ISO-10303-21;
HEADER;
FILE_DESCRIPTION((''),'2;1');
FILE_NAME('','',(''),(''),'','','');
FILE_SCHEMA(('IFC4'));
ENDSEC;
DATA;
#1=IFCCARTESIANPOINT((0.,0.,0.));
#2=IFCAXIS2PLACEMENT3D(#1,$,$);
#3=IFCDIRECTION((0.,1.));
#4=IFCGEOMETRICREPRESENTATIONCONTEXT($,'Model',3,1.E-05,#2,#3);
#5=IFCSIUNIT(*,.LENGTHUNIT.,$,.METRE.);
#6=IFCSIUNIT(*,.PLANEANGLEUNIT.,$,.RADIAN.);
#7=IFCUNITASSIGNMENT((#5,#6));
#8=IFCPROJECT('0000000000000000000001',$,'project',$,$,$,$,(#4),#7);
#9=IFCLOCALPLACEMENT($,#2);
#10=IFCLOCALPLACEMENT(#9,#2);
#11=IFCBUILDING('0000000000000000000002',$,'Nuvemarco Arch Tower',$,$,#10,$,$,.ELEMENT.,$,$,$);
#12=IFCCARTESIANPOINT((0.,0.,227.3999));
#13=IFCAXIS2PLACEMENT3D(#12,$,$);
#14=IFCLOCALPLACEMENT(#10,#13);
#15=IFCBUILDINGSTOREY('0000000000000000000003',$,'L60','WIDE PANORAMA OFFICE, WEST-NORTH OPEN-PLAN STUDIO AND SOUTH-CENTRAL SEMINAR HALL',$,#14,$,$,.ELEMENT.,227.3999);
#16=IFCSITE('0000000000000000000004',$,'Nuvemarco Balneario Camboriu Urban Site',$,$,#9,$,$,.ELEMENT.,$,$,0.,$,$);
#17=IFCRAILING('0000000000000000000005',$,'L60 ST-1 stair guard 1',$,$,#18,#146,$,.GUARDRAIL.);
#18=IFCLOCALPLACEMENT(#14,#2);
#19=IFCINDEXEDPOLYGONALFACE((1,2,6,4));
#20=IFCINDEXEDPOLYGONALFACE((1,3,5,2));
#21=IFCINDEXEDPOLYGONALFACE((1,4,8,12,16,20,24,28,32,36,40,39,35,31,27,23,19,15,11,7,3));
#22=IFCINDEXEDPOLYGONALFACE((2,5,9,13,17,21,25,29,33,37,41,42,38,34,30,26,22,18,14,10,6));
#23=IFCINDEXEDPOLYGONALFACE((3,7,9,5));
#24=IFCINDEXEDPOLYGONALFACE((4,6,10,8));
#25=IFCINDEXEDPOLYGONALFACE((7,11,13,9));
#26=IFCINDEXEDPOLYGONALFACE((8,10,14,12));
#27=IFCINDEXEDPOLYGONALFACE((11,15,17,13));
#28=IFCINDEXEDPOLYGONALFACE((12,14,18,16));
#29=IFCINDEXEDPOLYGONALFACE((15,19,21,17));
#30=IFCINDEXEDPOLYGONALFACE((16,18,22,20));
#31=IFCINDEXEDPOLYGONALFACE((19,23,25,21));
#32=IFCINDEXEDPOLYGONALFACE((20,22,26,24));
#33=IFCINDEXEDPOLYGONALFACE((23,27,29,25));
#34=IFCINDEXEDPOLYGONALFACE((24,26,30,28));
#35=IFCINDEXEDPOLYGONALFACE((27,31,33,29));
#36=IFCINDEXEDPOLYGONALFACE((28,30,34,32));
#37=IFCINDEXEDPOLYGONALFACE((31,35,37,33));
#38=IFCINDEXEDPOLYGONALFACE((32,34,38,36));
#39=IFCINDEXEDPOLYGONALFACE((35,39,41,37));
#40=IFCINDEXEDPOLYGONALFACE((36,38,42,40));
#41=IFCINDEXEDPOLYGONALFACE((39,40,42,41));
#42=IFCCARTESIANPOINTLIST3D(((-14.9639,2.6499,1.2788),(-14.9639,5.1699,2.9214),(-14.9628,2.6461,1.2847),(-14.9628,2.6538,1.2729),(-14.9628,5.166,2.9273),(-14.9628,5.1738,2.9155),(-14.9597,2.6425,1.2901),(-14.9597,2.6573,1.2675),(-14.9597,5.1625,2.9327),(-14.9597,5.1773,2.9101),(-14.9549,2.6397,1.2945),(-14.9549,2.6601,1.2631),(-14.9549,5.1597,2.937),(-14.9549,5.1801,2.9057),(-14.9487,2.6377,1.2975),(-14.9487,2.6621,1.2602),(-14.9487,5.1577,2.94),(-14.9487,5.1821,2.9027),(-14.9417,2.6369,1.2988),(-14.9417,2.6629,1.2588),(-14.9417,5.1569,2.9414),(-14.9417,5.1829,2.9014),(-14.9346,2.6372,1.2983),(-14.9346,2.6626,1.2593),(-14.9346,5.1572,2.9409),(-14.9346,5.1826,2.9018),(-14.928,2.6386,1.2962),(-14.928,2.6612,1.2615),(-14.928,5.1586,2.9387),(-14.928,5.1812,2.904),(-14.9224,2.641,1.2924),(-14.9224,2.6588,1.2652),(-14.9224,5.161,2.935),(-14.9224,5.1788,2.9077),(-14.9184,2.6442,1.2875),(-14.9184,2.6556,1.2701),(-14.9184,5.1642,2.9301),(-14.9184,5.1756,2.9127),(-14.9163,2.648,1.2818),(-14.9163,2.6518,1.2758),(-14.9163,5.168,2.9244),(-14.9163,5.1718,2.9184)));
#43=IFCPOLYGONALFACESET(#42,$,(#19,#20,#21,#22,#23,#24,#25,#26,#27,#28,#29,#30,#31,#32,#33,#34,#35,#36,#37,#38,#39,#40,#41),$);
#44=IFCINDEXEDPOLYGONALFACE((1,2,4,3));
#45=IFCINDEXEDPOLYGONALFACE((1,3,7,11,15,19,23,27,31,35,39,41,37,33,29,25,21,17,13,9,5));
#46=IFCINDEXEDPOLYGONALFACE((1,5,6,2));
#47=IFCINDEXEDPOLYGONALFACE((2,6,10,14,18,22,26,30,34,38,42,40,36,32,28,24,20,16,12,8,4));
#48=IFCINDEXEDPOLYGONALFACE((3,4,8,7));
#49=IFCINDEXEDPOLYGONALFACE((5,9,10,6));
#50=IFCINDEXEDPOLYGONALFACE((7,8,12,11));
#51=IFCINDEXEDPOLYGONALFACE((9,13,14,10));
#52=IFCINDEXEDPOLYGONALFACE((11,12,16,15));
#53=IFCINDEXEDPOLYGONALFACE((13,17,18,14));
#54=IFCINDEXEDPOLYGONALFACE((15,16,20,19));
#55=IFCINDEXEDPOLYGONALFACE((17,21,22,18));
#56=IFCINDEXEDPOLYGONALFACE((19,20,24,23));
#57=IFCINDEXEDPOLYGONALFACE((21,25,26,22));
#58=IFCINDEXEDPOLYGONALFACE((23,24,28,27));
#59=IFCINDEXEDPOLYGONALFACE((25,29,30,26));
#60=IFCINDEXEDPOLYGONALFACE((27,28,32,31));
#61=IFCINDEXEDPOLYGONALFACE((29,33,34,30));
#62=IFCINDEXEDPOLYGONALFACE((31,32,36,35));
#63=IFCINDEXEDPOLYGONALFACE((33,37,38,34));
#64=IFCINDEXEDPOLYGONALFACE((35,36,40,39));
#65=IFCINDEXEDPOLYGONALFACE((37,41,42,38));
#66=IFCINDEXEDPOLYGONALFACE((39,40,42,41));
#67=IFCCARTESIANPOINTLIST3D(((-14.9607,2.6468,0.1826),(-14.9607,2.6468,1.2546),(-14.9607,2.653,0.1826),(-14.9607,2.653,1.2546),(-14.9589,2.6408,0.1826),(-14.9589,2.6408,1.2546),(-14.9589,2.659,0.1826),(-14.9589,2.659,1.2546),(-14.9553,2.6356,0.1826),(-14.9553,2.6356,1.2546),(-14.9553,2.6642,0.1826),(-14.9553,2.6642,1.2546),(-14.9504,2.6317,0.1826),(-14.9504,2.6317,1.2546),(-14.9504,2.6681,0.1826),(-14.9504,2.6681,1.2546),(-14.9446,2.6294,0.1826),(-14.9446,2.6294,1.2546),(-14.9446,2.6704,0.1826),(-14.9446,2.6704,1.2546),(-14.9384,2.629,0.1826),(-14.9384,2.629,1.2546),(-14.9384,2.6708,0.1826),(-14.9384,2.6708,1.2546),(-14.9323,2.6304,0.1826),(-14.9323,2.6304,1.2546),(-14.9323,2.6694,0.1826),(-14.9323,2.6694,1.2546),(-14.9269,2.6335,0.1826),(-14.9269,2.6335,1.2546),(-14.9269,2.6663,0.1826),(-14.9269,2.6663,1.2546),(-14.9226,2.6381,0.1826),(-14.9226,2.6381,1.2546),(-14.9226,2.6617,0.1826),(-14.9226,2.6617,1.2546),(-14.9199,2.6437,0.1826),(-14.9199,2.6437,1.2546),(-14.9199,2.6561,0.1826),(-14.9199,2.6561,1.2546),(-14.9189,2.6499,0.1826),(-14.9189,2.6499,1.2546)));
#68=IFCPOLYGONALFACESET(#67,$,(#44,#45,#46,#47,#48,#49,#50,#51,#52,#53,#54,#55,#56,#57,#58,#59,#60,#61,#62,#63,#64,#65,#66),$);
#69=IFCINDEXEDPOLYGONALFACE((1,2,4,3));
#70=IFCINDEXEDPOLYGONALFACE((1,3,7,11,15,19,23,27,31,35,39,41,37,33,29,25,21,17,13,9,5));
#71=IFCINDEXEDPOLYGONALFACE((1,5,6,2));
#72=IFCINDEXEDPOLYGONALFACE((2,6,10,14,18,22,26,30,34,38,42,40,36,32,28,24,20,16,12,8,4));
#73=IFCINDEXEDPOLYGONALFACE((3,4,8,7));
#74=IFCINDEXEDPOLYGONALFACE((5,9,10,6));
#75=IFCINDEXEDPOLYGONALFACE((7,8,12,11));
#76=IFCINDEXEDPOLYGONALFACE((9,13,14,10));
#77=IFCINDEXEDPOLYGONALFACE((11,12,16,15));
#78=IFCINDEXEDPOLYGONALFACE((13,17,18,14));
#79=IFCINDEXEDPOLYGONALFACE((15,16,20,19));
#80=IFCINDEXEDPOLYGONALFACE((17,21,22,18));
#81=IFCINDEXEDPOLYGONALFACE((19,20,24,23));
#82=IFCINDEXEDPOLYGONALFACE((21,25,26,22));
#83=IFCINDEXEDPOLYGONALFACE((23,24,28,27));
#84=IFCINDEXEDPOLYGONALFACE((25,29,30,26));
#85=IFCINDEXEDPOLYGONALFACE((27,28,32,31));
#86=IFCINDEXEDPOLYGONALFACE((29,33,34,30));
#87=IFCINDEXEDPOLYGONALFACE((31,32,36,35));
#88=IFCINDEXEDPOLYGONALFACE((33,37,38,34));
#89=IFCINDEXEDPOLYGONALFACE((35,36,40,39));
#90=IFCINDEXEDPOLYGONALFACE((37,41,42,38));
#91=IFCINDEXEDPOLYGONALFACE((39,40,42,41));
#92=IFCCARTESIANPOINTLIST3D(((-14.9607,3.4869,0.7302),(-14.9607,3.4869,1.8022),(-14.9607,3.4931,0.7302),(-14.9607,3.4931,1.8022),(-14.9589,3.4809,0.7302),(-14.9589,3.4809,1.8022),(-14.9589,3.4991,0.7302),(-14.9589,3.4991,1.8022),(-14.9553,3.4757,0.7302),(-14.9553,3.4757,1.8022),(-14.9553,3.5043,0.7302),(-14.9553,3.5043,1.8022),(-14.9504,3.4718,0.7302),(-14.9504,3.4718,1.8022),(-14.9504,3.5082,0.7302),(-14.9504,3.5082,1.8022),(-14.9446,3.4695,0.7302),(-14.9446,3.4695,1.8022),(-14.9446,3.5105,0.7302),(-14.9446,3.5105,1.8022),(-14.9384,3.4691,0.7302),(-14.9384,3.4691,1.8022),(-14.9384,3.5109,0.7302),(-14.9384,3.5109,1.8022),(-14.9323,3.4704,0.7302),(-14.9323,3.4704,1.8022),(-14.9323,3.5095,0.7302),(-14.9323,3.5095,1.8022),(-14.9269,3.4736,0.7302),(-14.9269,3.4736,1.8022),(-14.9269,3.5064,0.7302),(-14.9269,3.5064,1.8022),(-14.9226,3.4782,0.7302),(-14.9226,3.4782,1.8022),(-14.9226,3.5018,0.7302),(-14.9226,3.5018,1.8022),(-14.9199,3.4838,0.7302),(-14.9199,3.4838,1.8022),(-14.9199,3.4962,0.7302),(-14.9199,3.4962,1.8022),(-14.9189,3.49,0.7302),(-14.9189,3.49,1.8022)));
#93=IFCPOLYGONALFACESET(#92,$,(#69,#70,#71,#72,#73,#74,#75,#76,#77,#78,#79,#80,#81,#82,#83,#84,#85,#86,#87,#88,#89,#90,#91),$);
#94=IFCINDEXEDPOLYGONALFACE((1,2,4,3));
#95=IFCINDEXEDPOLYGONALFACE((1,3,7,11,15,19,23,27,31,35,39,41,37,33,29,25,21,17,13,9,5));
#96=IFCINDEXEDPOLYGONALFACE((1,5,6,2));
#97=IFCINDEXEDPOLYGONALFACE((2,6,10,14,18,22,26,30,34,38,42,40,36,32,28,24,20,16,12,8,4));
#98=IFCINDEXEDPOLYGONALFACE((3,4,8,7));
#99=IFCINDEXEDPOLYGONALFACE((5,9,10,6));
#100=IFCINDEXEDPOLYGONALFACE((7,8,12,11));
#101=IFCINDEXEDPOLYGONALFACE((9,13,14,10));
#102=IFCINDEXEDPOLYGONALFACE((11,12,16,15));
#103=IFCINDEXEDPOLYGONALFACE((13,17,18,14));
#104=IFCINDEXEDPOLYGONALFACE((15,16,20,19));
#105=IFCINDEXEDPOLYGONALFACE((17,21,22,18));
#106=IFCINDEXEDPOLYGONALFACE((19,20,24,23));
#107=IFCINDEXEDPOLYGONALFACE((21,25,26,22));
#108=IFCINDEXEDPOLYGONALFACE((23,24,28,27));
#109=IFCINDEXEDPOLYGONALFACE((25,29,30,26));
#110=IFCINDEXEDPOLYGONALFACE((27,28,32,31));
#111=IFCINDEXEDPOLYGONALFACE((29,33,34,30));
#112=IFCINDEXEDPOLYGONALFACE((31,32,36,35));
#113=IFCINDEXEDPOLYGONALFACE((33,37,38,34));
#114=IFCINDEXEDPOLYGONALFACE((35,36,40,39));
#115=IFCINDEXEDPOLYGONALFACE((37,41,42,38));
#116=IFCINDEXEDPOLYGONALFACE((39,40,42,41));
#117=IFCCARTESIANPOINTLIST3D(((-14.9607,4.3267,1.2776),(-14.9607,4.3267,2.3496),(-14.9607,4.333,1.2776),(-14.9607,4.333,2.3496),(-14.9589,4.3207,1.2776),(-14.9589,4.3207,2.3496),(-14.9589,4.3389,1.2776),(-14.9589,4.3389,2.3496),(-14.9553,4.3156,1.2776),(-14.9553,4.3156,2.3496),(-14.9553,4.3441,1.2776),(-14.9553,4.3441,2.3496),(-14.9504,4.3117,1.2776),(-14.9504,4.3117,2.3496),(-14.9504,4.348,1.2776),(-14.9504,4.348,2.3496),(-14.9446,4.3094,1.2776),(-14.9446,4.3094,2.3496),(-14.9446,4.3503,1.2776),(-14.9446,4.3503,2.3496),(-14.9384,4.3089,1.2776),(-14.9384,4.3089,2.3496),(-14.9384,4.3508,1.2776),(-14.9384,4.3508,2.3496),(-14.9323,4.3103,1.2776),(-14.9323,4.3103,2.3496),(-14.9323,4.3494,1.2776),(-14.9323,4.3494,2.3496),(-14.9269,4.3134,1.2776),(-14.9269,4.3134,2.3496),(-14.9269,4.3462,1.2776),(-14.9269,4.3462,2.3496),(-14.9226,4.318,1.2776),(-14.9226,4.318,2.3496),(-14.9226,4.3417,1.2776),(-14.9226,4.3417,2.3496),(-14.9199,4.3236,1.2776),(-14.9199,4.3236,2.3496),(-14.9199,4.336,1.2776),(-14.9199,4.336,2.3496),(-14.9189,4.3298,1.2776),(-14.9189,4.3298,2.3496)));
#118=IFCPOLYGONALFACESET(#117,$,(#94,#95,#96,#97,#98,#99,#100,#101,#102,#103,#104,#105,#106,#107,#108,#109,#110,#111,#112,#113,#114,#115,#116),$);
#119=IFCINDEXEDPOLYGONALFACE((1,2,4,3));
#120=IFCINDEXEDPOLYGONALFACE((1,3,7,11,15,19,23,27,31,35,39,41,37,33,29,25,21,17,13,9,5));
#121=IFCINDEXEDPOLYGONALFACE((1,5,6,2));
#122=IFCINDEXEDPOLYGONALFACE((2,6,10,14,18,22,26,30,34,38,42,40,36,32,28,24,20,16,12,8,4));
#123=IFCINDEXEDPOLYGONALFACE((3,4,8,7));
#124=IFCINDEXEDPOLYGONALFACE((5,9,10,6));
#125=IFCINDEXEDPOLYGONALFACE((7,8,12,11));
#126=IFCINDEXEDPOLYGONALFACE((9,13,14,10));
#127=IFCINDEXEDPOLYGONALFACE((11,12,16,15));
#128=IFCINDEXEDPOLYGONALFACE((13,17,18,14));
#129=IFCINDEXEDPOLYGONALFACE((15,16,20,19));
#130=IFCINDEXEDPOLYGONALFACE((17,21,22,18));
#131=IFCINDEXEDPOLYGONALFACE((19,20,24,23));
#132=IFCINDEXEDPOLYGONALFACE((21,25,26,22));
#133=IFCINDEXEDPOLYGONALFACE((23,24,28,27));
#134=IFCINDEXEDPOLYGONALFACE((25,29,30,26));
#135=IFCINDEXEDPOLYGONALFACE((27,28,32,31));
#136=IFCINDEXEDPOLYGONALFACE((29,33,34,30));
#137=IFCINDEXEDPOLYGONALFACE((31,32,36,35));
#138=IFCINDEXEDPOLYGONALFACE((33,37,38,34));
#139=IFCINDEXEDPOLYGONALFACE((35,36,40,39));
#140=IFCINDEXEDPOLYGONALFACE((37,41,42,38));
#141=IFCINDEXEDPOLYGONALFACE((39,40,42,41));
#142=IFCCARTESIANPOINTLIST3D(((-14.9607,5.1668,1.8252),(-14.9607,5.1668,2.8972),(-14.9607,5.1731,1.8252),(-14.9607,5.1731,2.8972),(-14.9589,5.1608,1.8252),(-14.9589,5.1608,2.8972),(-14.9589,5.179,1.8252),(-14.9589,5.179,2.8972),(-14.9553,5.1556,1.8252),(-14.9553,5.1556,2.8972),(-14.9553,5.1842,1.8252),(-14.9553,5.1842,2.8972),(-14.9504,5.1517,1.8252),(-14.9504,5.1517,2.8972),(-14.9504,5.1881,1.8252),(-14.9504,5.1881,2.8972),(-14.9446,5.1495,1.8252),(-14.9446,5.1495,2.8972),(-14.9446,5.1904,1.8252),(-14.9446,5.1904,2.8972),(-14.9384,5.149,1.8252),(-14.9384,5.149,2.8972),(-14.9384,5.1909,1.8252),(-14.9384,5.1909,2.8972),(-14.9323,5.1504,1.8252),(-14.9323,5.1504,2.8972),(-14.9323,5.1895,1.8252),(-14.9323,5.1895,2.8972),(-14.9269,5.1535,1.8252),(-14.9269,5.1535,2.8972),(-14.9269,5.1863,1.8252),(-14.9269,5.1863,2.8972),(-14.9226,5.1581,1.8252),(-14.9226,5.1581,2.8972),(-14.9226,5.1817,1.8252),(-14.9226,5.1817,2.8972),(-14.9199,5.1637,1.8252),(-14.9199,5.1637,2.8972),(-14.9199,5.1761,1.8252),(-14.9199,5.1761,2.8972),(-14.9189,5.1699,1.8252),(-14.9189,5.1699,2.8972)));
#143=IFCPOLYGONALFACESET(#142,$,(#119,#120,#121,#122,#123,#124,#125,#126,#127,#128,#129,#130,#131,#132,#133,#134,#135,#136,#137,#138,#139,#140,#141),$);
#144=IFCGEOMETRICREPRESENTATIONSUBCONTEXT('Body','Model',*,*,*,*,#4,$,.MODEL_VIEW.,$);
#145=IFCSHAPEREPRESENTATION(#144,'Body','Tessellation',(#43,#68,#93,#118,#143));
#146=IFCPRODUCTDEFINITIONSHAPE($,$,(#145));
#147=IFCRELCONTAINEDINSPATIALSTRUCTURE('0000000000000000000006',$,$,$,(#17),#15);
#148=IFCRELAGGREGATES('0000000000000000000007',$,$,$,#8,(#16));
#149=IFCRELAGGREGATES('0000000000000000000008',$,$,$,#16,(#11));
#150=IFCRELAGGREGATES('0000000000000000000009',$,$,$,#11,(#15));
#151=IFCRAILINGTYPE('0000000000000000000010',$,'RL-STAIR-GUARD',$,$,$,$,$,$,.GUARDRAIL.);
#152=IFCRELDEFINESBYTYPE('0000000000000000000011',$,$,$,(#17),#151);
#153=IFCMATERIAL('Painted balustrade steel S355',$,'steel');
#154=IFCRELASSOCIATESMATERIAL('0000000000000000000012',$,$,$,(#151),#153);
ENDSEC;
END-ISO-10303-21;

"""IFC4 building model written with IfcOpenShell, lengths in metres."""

from ifc_helpers import new_model, si_unit, direction, frame, origin, origin_2d, place, context, subcontext, project, spatial, circle, extrude, material, type_object, element, save


model = new_model("IFC4")

# Units and contexts
model_context = context("Model", 3, precision=1e-05, world=origin(), true_north=direction((0.0, 1.0)))
body_context = subcontext(model_context, "Body", "Model", "MODEL_VIEW")
ifc_project = project(units=[si_unit("LENGTHUNIT", "METRE"), si_unit("PLANEANGLEUNIT", "RADIAN")], contexts=[model_context])

# Site, building, storey
site_placement = place(None, origin())
site = spatial("IfcSite", under=ifc_project, at=site_placement, Name="Nuvemarco Balneario Camboriu Urban Site", CompositionType="ELEMENT", RefElevation=0.0)
building_placement = place(site_placement, origin())
building = spatial("IfcBuilding", under=site, at=building_placement, Name="Nuvemarco Arch Tower", CompositionType="ELEMENT")
storey_placement = place(building_placement, frame((0.0, 0.0, 227.3999)))
storey = spatial("IfcBuildingStorey", under=building, at=storey_placement, Name="L60", Description="WIDE PANORAMA OFFICE, WEST-NORTH OPEN-PLAN STUDIO AND SOUTH-CENTRAL SEMINAR HALL", CompositionType="ELEMENT", Elevation=227.3999)

# Railing
ifc_material_1 = material(Name="Painted balustrade steel S355", Category="steel")
railing_type_1 = type_object("IfcRailingType", Name="RL-STAIR-GUARD", PredefinedType="GUARDRAIL", material=ifc_material_1)
railing_1_placement = place(storey_placement, frame((-14.9399, 2.6499, 0.1826)))
element("IfcRailing", 1, at=railing_1_placement, inside=storey, type_object=railing_type_1, Name="L60 ST-1 stair guard 1", PredefinedType="GUARDRAIL", context=body_context, shape_type="SweptSolid", body=[
    extrude(circle(Radius=0.0239, at=origin_2d()), frame((0.0, 0.0, 1.0962), z_axis=(0.0, 0.837749, 0.546055), x_axis=(-1.0, 0.0, 0.0)), (0.0, 0.0, 1.0), 3.0081),
    extrude(circle(Radius=0.021, at=origin_2d()), origin(), (0.0, 0.0, 1.0), 1.072),
    extrude(circle(Radius=0.021, at=origin_2d()), frame((0.0, 0.8401, 0.5476)), (0.0, 0.0, 1.0), 1.072),
    extrude(circle(Radius=0.021, at=origin_2d()), frame((0.0, 1.6799, 1.095)), (0.0, 0.0, 1.0), 1.072),
    extrude(circle(Radius=0.021, at=origin_2d()), frame((0.0, 2.52, 1.6426)), (0.0, 0.0, 1.0), 1.072),
])

save(model, "model.ifc")
